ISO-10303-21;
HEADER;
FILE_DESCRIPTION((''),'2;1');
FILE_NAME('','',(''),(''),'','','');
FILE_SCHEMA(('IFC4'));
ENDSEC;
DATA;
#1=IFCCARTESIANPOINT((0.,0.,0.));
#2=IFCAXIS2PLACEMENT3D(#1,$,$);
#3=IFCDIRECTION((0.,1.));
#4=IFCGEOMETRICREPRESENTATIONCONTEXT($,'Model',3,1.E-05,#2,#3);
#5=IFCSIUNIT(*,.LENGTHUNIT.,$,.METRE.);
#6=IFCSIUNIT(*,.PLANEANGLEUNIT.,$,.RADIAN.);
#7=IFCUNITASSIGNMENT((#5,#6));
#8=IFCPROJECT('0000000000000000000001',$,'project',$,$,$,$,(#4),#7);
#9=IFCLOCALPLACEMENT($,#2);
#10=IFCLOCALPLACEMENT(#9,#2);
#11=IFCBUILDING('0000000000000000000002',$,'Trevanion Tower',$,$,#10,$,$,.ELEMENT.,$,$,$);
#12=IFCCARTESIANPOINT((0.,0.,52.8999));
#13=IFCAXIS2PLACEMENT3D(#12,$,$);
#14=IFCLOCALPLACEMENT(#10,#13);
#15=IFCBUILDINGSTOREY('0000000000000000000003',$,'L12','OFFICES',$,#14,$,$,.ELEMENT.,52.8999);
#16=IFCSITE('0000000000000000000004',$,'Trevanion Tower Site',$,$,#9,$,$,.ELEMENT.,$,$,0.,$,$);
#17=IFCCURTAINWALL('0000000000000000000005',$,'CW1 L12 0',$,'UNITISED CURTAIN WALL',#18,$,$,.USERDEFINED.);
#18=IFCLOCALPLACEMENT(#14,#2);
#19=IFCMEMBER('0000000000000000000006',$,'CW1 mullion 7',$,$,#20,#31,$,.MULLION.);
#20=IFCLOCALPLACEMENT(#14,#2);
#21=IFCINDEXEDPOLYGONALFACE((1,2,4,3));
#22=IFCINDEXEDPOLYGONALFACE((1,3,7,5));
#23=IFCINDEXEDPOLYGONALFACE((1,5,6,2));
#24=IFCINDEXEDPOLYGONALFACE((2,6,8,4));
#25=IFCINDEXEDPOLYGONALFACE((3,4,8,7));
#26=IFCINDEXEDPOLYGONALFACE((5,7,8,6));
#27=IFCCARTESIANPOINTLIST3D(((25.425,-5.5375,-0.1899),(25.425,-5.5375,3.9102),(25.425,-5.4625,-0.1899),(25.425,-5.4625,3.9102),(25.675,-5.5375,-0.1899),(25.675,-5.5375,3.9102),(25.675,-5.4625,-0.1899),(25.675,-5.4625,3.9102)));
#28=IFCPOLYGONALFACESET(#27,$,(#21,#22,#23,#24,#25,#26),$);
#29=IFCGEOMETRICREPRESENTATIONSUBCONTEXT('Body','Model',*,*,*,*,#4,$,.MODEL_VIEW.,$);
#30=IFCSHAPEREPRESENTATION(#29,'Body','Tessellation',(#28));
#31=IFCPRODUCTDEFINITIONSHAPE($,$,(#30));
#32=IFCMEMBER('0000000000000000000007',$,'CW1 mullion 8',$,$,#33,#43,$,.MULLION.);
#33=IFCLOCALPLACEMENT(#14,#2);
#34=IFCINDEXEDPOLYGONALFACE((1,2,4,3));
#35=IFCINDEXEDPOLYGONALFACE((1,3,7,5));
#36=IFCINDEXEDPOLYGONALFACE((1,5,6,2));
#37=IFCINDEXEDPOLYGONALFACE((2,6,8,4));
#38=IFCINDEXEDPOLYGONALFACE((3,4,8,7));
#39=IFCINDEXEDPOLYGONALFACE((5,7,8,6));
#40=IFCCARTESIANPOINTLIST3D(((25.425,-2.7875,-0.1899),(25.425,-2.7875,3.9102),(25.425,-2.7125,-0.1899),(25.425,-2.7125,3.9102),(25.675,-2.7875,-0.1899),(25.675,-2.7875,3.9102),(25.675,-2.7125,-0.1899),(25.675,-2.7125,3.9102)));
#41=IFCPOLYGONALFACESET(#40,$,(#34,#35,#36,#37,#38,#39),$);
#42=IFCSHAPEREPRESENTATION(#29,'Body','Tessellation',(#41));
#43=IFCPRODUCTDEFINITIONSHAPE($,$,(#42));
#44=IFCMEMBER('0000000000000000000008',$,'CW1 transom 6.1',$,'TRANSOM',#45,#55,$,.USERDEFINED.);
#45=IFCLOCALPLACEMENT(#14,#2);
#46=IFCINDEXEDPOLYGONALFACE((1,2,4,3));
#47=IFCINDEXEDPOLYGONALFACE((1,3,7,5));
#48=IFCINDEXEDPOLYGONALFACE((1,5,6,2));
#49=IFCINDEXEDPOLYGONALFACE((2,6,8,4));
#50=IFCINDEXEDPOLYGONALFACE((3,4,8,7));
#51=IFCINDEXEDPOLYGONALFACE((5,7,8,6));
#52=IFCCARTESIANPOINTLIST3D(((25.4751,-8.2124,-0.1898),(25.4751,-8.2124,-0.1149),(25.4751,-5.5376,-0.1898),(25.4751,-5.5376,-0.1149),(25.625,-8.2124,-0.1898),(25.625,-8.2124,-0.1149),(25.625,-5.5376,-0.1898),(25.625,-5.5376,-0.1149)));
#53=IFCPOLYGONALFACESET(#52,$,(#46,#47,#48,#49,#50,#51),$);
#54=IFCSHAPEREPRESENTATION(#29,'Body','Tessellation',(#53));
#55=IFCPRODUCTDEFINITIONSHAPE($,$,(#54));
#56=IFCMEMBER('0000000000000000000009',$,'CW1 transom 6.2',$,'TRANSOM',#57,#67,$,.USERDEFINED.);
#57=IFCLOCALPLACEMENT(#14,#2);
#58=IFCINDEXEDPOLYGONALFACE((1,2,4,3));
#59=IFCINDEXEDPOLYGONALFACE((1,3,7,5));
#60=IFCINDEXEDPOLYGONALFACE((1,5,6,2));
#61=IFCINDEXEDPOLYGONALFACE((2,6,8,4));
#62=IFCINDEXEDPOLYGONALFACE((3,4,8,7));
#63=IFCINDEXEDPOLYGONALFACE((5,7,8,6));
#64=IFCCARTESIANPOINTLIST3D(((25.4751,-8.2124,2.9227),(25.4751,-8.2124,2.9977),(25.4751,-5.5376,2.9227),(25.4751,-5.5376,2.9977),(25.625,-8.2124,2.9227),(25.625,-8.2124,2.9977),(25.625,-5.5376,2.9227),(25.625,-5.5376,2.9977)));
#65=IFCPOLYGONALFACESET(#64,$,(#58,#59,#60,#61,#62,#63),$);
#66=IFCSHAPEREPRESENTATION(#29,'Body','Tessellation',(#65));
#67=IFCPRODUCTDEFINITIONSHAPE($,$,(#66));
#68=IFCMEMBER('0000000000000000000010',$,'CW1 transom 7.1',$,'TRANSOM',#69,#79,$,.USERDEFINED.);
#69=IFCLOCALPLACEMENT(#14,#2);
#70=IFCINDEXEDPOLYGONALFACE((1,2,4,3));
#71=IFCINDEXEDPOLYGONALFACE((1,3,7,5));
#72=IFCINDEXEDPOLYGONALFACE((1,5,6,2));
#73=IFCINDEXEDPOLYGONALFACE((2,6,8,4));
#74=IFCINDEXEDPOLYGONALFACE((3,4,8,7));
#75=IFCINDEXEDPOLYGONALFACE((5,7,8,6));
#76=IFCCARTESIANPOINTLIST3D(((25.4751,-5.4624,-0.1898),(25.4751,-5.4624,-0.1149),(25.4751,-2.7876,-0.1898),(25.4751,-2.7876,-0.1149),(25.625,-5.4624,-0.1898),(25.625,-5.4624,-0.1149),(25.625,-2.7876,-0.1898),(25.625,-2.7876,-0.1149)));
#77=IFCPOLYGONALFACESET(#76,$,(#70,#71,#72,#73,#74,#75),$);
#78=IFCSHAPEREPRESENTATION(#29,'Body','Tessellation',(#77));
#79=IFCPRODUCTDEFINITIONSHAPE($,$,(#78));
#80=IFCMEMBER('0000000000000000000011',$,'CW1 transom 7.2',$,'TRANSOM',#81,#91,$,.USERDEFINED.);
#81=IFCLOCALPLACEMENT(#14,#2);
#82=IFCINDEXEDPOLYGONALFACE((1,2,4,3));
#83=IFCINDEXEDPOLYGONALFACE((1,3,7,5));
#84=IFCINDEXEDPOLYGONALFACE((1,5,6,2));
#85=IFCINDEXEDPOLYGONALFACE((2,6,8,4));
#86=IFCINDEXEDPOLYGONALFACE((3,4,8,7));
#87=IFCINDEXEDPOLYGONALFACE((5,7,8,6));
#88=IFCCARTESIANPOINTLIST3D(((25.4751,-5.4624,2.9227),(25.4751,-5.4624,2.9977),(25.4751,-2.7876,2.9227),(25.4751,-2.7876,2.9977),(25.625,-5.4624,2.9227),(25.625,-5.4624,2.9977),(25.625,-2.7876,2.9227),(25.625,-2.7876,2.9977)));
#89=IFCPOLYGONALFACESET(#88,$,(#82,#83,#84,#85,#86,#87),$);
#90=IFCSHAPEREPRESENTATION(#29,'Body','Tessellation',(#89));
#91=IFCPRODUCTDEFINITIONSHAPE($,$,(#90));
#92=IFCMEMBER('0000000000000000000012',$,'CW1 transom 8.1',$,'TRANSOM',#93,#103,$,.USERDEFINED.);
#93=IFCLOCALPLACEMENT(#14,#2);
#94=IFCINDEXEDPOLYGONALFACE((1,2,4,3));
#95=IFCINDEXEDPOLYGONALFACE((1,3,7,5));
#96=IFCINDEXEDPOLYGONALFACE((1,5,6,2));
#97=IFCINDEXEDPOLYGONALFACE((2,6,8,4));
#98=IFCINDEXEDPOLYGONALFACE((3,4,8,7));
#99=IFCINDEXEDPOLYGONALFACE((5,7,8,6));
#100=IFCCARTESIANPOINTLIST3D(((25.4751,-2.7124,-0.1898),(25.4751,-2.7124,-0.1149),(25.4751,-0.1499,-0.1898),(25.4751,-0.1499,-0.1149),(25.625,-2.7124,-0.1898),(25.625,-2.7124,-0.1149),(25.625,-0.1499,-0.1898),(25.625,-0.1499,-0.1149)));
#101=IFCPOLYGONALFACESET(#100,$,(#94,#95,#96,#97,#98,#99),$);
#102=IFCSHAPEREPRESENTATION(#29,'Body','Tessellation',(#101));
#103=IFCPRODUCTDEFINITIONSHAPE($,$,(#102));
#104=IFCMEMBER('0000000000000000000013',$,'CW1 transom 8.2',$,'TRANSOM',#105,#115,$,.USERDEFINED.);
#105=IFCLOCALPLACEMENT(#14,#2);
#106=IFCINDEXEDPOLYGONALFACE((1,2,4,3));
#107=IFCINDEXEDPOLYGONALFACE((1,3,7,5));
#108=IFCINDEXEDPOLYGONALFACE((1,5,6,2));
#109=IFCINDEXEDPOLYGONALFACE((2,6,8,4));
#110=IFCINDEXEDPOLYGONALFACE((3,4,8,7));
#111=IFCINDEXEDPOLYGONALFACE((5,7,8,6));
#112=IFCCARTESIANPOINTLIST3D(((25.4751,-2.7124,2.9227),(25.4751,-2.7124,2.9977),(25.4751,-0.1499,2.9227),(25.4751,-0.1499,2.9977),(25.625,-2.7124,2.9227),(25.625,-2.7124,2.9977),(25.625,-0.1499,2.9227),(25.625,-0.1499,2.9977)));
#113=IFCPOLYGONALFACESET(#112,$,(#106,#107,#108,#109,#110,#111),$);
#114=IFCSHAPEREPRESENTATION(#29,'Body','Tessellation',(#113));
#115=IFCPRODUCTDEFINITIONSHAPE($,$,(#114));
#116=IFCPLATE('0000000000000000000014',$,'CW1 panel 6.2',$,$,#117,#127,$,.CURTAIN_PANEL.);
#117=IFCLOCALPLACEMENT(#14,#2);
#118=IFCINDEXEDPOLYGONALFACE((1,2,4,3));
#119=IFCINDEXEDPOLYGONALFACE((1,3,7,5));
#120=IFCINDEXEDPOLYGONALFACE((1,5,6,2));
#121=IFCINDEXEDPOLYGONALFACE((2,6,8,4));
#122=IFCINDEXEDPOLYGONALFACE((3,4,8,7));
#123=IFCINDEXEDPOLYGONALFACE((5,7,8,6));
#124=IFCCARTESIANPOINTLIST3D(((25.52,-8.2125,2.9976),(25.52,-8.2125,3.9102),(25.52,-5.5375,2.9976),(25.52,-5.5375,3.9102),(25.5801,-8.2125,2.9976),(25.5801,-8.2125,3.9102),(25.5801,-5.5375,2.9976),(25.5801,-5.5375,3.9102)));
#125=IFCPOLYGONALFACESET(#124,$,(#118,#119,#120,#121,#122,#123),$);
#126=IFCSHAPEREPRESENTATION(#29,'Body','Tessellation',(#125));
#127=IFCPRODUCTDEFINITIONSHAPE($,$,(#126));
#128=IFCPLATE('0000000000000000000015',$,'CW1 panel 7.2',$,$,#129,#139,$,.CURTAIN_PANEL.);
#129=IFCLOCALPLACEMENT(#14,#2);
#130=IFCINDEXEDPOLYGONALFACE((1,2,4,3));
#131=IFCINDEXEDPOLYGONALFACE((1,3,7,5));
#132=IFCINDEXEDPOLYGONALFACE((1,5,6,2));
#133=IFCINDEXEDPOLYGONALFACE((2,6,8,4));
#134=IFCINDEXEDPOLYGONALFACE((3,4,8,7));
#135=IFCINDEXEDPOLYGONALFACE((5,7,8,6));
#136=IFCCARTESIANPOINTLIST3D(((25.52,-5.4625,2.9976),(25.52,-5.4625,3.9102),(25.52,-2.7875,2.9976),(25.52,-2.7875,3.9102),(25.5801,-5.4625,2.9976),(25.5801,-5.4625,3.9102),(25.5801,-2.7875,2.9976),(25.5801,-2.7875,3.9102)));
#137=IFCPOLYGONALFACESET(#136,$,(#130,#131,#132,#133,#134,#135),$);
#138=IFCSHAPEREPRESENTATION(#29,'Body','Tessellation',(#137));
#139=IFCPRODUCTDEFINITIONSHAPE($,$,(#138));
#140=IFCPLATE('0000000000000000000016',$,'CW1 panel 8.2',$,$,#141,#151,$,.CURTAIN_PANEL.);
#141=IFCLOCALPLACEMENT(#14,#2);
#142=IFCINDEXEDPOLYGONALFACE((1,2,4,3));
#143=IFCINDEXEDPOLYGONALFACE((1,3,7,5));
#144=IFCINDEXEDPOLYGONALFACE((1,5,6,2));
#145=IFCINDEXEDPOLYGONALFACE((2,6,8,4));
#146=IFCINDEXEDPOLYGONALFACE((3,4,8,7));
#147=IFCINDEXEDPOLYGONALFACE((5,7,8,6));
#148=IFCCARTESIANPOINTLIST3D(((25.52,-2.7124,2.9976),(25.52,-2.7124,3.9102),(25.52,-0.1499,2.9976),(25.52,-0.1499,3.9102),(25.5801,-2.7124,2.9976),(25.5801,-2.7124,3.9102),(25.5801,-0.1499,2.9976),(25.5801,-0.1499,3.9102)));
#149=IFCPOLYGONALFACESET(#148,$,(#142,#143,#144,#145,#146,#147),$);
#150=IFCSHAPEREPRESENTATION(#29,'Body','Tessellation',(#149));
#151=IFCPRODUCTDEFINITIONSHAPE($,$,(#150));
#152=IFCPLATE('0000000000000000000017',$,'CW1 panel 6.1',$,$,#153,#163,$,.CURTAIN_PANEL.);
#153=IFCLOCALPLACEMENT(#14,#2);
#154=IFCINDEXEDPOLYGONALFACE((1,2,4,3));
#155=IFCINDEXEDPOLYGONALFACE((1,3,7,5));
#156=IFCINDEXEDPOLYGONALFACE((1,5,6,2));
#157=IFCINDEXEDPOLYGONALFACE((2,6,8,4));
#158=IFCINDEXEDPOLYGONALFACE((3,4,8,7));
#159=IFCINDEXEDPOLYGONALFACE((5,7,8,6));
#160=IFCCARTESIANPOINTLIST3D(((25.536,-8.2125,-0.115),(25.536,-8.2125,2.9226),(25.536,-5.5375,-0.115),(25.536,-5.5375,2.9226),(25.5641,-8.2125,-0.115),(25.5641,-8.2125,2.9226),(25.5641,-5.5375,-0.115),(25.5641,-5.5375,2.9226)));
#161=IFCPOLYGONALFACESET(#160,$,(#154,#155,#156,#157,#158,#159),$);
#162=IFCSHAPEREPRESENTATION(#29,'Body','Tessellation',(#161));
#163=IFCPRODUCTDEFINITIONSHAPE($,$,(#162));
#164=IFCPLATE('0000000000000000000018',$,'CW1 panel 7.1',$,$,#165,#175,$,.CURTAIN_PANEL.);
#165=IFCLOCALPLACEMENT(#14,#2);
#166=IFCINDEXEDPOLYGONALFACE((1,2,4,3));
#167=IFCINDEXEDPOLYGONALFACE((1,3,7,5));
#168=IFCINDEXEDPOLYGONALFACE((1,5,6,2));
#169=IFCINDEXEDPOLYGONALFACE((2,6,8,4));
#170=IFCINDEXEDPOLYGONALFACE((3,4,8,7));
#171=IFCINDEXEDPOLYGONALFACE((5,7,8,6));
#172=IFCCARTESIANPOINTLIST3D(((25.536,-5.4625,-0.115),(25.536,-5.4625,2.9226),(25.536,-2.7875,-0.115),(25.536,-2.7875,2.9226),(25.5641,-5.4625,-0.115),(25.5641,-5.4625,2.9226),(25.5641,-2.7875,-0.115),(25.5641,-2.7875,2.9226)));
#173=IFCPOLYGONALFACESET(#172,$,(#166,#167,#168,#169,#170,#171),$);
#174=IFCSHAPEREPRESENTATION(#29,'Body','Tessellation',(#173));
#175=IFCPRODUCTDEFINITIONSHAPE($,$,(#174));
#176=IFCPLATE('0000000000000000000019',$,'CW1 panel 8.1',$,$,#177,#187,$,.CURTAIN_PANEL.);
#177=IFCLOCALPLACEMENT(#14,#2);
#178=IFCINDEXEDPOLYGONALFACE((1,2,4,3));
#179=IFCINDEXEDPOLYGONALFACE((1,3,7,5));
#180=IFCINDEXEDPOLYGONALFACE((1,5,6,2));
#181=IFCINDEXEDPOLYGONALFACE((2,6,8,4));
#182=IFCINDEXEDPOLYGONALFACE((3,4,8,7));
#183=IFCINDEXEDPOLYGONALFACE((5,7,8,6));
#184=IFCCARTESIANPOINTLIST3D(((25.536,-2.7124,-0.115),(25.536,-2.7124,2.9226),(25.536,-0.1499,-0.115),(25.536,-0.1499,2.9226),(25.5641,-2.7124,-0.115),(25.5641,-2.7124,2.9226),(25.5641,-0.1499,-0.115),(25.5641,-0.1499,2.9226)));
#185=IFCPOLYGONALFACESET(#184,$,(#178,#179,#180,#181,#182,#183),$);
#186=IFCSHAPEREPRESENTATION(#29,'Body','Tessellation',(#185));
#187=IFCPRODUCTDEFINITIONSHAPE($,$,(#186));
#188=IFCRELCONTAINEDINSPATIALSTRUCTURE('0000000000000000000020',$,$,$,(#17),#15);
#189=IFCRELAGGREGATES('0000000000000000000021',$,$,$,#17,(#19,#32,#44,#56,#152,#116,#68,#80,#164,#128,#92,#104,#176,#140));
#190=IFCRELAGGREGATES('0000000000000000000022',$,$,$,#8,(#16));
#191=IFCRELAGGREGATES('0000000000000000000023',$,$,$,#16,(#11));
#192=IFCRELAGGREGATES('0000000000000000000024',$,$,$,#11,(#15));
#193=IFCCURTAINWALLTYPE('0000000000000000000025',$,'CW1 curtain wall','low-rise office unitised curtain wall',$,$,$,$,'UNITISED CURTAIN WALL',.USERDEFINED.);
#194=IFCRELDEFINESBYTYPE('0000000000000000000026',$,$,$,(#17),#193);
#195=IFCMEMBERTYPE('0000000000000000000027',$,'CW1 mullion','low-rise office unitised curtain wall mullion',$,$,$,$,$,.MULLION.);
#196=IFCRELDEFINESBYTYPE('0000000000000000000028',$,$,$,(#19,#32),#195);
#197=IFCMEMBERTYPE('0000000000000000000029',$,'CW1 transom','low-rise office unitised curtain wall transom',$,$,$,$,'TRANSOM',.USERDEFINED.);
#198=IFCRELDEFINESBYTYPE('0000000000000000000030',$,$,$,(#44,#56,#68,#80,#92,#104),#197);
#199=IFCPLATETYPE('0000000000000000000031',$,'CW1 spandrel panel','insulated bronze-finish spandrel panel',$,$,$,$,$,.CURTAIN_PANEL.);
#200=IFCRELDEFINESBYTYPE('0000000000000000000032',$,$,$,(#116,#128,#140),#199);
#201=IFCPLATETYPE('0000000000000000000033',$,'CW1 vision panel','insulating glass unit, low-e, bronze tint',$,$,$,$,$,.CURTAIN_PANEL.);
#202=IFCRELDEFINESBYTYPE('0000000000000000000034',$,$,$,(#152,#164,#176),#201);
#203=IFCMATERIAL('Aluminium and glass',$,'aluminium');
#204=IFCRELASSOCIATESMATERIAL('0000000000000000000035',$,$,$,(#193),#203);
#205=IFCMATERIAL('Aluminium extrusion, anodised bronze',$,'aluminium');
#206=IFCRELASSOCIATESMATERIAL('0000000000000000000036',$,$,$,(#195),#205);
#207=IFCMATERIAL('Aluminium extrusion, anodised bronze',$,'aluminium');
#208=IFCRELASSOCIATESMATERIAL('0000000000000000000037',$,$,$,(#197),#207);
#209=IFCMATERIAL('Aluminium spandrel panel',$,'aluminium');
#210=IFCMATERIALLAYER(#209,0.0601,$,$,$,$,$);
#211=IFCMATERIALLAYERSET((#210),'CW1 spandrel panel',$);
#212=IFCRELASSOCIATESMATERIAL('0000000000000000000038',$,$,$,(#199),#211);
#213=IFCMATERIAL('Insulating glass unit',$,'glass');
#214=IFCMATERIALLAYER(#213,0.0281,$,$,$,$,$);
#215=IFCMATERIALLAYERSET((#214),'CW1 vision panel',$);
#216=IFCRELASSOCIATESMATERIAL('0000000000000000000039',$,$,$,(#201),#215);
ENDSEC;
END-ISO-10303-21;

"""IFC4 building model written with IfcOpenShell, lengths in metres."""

from ifc_helpers import new_model, si_unit, direction, frame, origin, origin_2d, place, context, subcontext, project, spatial, rectangle, extrude, material, layer, layer_set, material_profile, profile_set, type_object, element, aggregate, save


model = new_model("IFC4")

# Units and contexts
model_context = context("Model", 3, precision=1e-05, world=origin(), true_north=direction((0.0, 1.0)))
body_context = subcontext(model_context, "Body", "Model", "MODEL_VIEW")
ifc_project = project(units=[si_unit("LENGTHUNIT", "METRE"), si_unit("PLANEANGLEUNIT", "RADIAN")], contexts=[model_context])

# Site, building, storey
site_placement = place(None, origin())
site = spatial("IfcSite", under=ifc_project, at=site_placement, Name="Trevanion Tower Site", CompositionType="ELEMENT", RefElevation=0.0)
building_placement = place(site_placement, origin())
building = spatial("IfcBuilding", under=site, at=building_placement, Name="Trevanion Tower", CompositionType="ELEMENT")
storey_placement = place(building_placement, frame((0.0, 0.0, 52.8999)))
storey = spatial("IfcBuildingStorey", under=building, at=storey_placement, Name="L12", Description="OFFICES", CompositionType="ELEMENT", Elevation=52.8999)

# Curtain wall, members, plates
ifc_material_1 = material(Name="Aluminium and glass", Category="aluminium")
curtain_wall_type = type_object("IfcCurtainWallType", Name="CW1 curtain wall", Description="low-rise office unitised curtain wall", ElementType="UNITISED CURTAIN WALL", PredefinedType="USERDEFINED", material=ifc_material_1)
curtain_wall_placement = place(storey_placement, origin())
curtain_wall = element("IfcCurtainWall", 1, at=curtain_wall_placement, inside=storey, type_object=curtain_wall_type, Name="CW1 L12 0", ObjectType="UNITISED CURTAIN WALL", PredefinedType="USERDEFINED")
ifc_material_2 = material(Name="Aluminium extrusion, anodised bronze", Category="aluminium")
ifc_material_profile_1 = material_profile(ifc_material_2, rectangle(XDim=0.075, YDim=0.25, at=origin_2d()), Name="CW1 mullion")
ifc_profile_set_1 = profile_set([ifc_material_profile_1], Name="Aluminium extrusion, anodised bronze")
member_type_1 = type_object("IfcMemberType", Name="CW1 mullion", Description="low-rise office unitised curtain wall mullion", PredefinedType="MULLION", material=ifc_profile_set_1)
member_1_placement = place(storey_placement, frame((25.55, -5.5, -0.1899), z_axis=(0.0, 0.0, 1.0), x_axis=(0.0, 1.0, 0.0)))
member_1 = element("IfcMember", 2, at=member_1_placement, type_object=member_type_1, Name="CW1 mullion 7", PredefinedType="MULLION", context=body_context, shape_type="SweptSolid", body=[
    extrude(rectangle(XDim=0.075, YDim=0.25, at=origin_2d()), origin(), (0.0, 0.0, 1.0), 4.1001),
])
member_2_placement = place(storey_placement, frame((25.55, -2.75, -0.1899), z_axis=(0.0, 0.0, 1.0), x_axis=(0.0, 1.0, 0.0)))
member_2 = element("IfcMember", 3, at=member_2_placement, type_object=member_type_1, Name="CW1 mullion 8", PredefinedType="MULLION", context=body_context, shape_type="SweptSolid", body=[
    extrude(rectangle(XDim=0.075, YDim=0.25, at=origin_2d()), origin(), (0.0, 0.0, 1.0), 4.1001),
])
ifc_material_3 = material(Name="Aluminium extrusion, anodised bronze", Category="aluminium")
ifc_material_profile_2 = material_profile(ifc_material_3, rectangle(XDim=0.1499, YDim=0.075, at=origin_2d()), Name="CW1 transom")
ifc_profile_set_2 = profile_set([ifc_material_profile_2], Name="Aluminium extrusion, anodised bronze")
member_type_2 = type_object("IfcMemberType", Name="CW1 transom", Description="low-rise office unitised curtain wall transom", ElementType="TRANSOM", PredefinedType="USERDEFINED", material=ifc_profile_set_2)
member_3_placement = place(storey_placement, frame((25.55, -8.2124, -0.1523), z_axis=(0.0, 1.0, 0.0), x_axis=(-1.0, 0.0, 0.0)))
member_3 = element("IfcMember", 4, at=member_3_placement, type_object=member_type_2, Name="CW1 transom 6.1", ObjectType="TRANSOM", PredefinedType="USERDEFINED", context=body_context, shape_type="SweptSolid", body=[
    extrude(rectangle(XDim=0.1499, YDim=0.075, at=origin_2d()), origin(), (0.0, 0.0, 1.0), 2.6748),
])
member_4_placement = place(storey_placement, frame((25.55, -8.2124, 2.9602), z_axis=(0.0, 1.0, 0.0), x_axis=(-1.0, 0.0, 0.0)))
member_4 = element("IfcMember", 5, at=member_4_placement, type_object=member_type_2, Name="CW1 transom 6.2", ObjectType="TRANSOM", PredefinedType="USERDEFINED", context=body_context, shape_type="SweptSolid", body=[
    extrude(rectangle(XDim=0.1499, YDim=0.075, at=origin_2d()), origin(), (0.0, 0.0, 1.0), 2.6748),
])
member_5_placement = place(storey_placement, frame((25.55, -5.4624, -0.1523), z_axis=(0.0, 1.0, 0.0), x_axis=(-1.0, 0.0, 0.0)))
member_5 = element("IfcMember", 6, at=member_5_placement, type_object=member_type_2, Name="CW1 transom 7.1", ObjectType="TRANSOM", PredefinedType="USERDEFINED", context=body_context, shape_type="SweptSolid", body=[
    extrude(rectangle(XDim=0.1499, YDim=0.075, at=origin_2d()), origin(), (0.0, 0.0, 1.0), 2.6748),
])
member_6_placement = place(storey_placement, frame((25.55, -5.4624, 2.9602), z_axis=(0.0, 1.0, 0.0), x_axis=(-1.0, 0.0, 0.0)))
member_6 = element("IfcMember", 7, at=member_6_placement, type_object=member_type_2, Name="CW1 transom 7.2", ObjectType="TRANSOM", PredefinedType="USERDEFINED", context=body_context, shape_type="SweptSolid", body=[
    extrude(rectangle(XDim=0.1499, YDim=0.075, at=origin_2d()), origin(), (0.0, 0.0, 1.0), 2.6748),
])
member_7_placement = place(storey_placement, frame((25.55, -2.7124, -0.1523), z_axis=(0.0, 1.0, 0.0), x_axis=(-1.0, 0.0, 0.0)))
member_7 = element("IfcMember", 8, at=member_7_placement, type_object=member_type_2, Name="CW1 transom 8.1", ObjectType="TRANSOM", PredefinedType="USERDEFINED", context=body_context, shape_type="SweptSolid", body=[
    extrude(rectangle(XDim=0.1499, YDim=0.075, at=origin_2d()), origin(), (0.0, 0.0, 1.0), 2.5625),
])
member_8_placement = place(storey_placement, frame((25.55, -2.7124, 2.9602), z_axis=(0.0, 1.0, 0.0), x_axis=(-1.0, 0.0, 0.0)))
member_8 = element("IfcMember", 9, at=member_8_placement, type_object=member_type_2, Name="CW1 transom 8.2", ObjectType="TRANSOM", PredefinedType="USERDEFINED", context=body_context, shape_type="SweptSolid", body=[
    extrude(rectangle(XDim=0.1499, YDim=0.075, at=origin_2d()), origin(), (0.0, 0.0, 1.0), 2.5625),
])
ifc_material_4 = material(Name="Aluminium spandrel panel", Category="aluminium")
ifc_layer_1 = layer(ifc_material_4, 0.0601)
ifc_layer_set_1 = layer_set([ifc_layer_1], Name="CW1 spandrel panel")
plate_type_1 = type_object("IfcPlateType", Name="CW1 spandrel panel", Description="insulated bronze-finish spandrel panel", PredefinedType="CURTAIN_PANEL", material=ifc_layer_set_1)
plate_1_placement = place(storey_placement, frame((25.55, -6.875, 2.9976), z_axis=(0.0, 0.0, 1.0), x_axis=(0.0, 1.0, 0.0)))
plate_1 = element("IfcPlate", 10, at=plate_1_placement, type_object=plate_type_1, Name="CW1 panel 6.2", PredefinedType="CURTAIN_PANEL", context=body_context, shape_type="SweptSolid", body=[
    extrude(rectangle(XDim=2.675, YDim=0.0601, at=origin_2d()), origin(), (0.0, 0.0, 1.0), 0.9126),
])
plate_2_placement = place(storey_placement, frame((25.55, -4.125, 2.9976), z_axis=(0.0, 0.0, 1.0), x_axis=(0.0, 1.0, 0.0)))
plate_2 = element("IfcPlate", 11, at=plate_2_placement, type_object=plate_type_1, Name="CW1 panel 7.2", PredefinedType="CURTAIN_PANEL", context=body_context, shape_type="SweptSolid", body=[
    extrude(rectangle(XDim=2.675, YDim=0.0601, at=origin_2d()), origin(), (0.0, 0.0, 1.0), 0.9126),
])
plate_3_placement = place(storey_placement, frame((25.55, -1.4312, 2.9976), z_axis=(0.0, 0.0, 1.0), x_axis=(0.0, 1.0, 0.0)))
plate_3 = element("IfcPlate", 12, at=plate_3_placement, type_object=plate_type_1, Name="CW1 panel 8.2", PredefinedType="CURTAIN_PANEL", context=body_context, shape_type="SweptSolid", body=[
    extrude(rectangle(XDim=2.5625, YDim=0.0601, at=origin_2d()), origin(), (0.0, 0.0, 1.0), 0.9126),
])
ifc_material_5 = material(Name="Insulating glass unit", Category="glass")
ifc_layer_2 = layer(ifc_material_5, 0.0281)
ifc_layer_set_2 = layer_set([ifc_layer_2], Name="CW1 vision panel")
plate_type_2 = type_object("IfcPlateType", Name="CW1 vision panel", Description="insulating glass unit, low-e, bronze tint", PredefinedType="CURTAIN_PANEL", material=ifc_layer_set_2)
plate_4_placement = place(storey_placement, frame((25.55, -6.875, -0.115), z_axis=(0.0, 0.0, 1.0), x_axis=(0.0, 1.0, 0.0)))
plate_4 = element("IfcPlate", 13, at=plate_4_placement, type_object=plate_type_2, Name="CW1 panel 6.1", PredefinedType="CURTAIN_PANEL", context=body_context, shape_type="SweptSolid", body=[
    extrude(rectangle(XDim=2.675, YDim=0.0281, at=origin_2d()), origin(), (0.0, 0.0, 1.0), 3.0376),
])
plate_5_placement = place(storey_placement, frame((25.55, -4.125, -0.115), z_axis=(0.0, 0.0, 1.0), x_axis=(0.0, 1.0, 0.0)))
plate_5 = element("IfcPlate", 14, at=plate_5_placement, type_object=plate_type_2, Name="CW1 panel 7.1", PredefinedType="CURTAIN_PANEL", context=body_context, shape_type="SweptSolid", body=[
    extrude(rectangle(XDim=2.675, YDim=0.0281, at=origin_2d()), origin(), (0.0, 0.0, 1.0), 3.0376),
])
plate_6_placement = place(storey_placement, frame((25.55, -1.4312, -0.115), z_axis=(0.0, 0.0, 1.0), x_axis=(0.0, 1.0, 0.0)))
plate_6 = element("IfcPlate", 15, at=plate_6_placement, type_object=plate_type_2, Name="CW1 panel 8.1", PredefinedType="CURTAIN_PANEL", context=body_context, shape_type="SweptSolid", body=[
    extrude(rectangle(XDim=2.5625, YDim=0.0281, at=origin_2d()), origin(), (0.0, 0.0, 1.0), 3.0376),
])
aggregate(curtain_wall, [member_1, member_2, member_3, member_4, plate_4, plate_1, member_5, member_6, plate_5, plate_2, member_7, member_8, plate_6, plate_3])

save(model, "model.ifc")
